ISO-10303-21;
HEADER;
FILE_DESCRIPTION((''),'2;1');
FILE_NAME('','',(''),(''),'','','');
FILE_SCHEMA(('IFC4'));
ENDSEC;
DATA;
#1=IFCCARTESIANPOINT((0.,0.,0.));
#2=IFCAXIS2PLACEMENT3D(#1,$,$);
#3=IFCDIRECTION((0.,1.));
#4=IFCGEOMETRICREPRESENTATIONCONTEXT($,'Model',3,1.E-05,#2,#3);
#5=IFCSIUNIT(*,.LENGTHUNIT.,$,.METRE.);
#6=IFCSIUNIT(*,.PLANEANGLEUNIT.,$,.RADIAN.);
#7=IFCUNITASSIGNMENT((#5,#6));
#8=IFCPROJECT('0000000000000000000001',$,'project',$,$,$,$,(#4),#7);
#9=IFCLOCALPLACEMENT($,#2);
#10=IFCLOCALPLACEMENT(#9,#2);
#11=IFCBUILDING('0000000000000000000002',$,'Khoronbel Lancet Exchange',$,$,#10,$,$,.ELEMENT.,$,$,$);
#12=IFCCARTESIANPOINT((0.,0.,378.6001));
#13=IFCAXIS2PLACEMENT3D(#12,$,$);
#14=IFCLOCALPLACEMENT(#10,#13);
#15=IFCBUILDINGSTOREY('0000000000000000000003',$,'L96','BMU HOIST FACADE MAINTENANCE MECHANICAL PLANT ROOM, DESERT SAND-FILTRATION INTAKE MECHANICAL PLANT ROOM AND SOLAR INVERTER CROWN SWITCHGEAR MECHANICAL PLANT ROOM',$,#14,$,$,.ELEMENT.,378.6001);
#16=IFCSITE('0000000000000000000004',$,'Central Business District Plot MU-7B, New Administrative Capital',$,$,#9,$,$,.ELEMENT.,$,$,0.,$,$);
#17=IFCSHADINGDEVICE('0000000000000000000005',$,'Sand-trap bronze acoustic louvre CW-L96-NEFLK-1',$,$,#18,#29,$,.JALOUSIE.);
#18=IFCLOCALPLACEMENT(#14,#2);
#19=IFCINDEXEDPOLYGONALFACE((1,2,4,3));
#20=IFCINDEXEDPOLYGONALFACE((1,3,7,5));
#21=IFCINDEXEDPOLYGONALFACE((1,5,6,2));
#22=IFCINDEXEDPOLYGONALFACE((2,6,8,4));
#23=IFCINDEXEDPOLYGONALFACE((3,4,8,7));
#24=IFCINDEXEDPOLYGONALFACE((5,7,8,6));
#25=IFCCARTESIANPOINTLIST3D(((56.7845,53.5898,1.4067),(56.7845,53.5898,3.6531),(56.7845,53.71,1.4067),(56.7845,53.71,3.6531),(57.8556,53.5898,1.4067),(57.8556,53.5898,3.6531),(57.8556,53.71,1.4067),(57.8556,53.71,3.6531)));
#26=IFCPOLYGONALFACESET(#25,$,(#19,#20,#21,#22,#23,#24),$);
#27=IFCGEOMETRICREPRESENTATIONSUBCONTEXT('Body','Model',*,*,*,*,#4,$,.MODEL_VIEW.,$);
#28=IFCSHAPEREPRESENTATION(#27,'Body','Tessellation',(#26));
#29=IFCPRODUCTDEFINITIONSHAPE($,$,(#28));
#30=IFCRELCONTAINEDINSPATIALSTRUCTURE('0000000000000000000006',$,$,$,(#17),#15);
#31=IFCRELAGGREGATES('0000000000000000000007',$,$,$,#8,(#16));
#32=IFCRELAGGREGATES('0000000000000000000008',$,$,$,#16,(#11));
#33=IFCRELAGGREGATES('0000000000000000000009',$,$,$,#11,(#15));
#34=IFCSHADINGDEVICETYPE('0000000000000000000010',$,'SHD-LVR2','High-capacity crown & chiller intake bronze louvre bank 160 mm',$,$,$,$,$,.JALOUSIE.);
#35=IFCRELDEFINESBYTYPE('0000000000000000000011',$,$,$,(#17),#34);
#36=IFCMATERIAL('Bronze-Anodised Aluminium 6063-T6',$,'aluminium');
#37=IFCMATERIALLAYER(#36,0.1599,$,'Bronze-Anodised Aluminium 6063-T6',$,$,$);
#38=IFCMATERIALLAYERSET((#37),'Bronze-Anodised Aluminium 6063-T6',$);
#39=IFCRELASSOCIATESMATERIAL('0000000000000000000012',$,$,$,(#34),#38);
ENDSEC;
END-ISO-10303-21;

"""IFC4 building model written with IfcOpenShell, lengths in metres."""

from ifc_helpers import new_model, si_unit, direction, frame, origin, origin_2d, place, context, subcontext, project, spatial, rectangle, extrude, material, layer, layer_set, type_object, element, save


model = new_model("IFC4")

# Units and contexts
model_context = context("Model", 3, precision=1e-05, world=origin(), true_north=direction((0.0, 1.0)))
body_context = subcontext(model_context, "Body", "Model", "MODEL_VIEW")
ifc_project = project(units=[si_unit("LENGTHUNIT", "METRE"), si_unit("PLANEANGLEUNIT", "RADIAN")], contexts=[model_context])

# Site, building, storey
site_placement = place(None, origin())
site = spatial("IfcSite", under=ifc_project, at=site_placement, Name="Central Business District Plot MU-7B, New Administrative Capital", CompositionType="ELEMENT", RefElevation=0.0)
building_placement = place(site_placement, origin())
building = spatial("IfcBuilding", under=site, at=building_placement, Name="Khoronbel Lancet Exchange", CompositionType="ELEMENT")
storey_placement = place(building_placement, frame((0.0, 0.0, 378.6001)))
storey = spatial("IfcBuildingStorey", under=building, at=storey_placement, Name="L96", Description="BMU HOIST FACADE MAINTENANCE MECHANICAL PLANT ROOM, DESERT SAND-FILTRATION INTAKE MECHANICAL PLANT ROOM AND SOLAR INVERTER CROWN SWITCHGEAR MECHANICAL PLANT ROOM", CompositionType="ELEMENT", Elevation=378.6001)

# Shared definitions
ifc_material_1 = material(Name="Bronze-Anodised Aluminium 6063-T6", Category="aluminium")

# Shading device
ifc_layer_1 = layer(ifc_material_1, 0.1599, Name="Bronze-Anodised Aluminium 6063-T6")
ifc_layer_set_1 = layer_set([ifc_layer_1], Name="Bronze-Anodised Aluminium 6063-T6")
shading_device_type = type_object("IfcShadingDeviceType", Name="SHD-LVR2", Description="High-capacity crown & chiller intake bronze louvre bank 160 mm", PredefinedType="JALOUSIE", material=ifc_layer_set_1)
shading_device_placement = place(storey_placement, frame((57.3201, 53.6499, 1.4067), z_axis=(0.0, 0.0, 1.0), x_axis=(-1.0, 0.0, 0.0)))
element("IfcShadingDevice", 1, at=shading_device_placement, inside=storey, type_object=shading_device_type, Name="Sand-trap bronze acoustic louvre CW-L96-NEFLK-1", PredefinedType="JALOUSIE", context=body_context, shape_type="SweptSolid", body=[
    extrude(rectangle(XDim=1.071, YDim=0.1201, at=origin_2d()), origin(), (0.0, 0.0, 1.0), 2.2463),
])

save(model, "model.ifc")
